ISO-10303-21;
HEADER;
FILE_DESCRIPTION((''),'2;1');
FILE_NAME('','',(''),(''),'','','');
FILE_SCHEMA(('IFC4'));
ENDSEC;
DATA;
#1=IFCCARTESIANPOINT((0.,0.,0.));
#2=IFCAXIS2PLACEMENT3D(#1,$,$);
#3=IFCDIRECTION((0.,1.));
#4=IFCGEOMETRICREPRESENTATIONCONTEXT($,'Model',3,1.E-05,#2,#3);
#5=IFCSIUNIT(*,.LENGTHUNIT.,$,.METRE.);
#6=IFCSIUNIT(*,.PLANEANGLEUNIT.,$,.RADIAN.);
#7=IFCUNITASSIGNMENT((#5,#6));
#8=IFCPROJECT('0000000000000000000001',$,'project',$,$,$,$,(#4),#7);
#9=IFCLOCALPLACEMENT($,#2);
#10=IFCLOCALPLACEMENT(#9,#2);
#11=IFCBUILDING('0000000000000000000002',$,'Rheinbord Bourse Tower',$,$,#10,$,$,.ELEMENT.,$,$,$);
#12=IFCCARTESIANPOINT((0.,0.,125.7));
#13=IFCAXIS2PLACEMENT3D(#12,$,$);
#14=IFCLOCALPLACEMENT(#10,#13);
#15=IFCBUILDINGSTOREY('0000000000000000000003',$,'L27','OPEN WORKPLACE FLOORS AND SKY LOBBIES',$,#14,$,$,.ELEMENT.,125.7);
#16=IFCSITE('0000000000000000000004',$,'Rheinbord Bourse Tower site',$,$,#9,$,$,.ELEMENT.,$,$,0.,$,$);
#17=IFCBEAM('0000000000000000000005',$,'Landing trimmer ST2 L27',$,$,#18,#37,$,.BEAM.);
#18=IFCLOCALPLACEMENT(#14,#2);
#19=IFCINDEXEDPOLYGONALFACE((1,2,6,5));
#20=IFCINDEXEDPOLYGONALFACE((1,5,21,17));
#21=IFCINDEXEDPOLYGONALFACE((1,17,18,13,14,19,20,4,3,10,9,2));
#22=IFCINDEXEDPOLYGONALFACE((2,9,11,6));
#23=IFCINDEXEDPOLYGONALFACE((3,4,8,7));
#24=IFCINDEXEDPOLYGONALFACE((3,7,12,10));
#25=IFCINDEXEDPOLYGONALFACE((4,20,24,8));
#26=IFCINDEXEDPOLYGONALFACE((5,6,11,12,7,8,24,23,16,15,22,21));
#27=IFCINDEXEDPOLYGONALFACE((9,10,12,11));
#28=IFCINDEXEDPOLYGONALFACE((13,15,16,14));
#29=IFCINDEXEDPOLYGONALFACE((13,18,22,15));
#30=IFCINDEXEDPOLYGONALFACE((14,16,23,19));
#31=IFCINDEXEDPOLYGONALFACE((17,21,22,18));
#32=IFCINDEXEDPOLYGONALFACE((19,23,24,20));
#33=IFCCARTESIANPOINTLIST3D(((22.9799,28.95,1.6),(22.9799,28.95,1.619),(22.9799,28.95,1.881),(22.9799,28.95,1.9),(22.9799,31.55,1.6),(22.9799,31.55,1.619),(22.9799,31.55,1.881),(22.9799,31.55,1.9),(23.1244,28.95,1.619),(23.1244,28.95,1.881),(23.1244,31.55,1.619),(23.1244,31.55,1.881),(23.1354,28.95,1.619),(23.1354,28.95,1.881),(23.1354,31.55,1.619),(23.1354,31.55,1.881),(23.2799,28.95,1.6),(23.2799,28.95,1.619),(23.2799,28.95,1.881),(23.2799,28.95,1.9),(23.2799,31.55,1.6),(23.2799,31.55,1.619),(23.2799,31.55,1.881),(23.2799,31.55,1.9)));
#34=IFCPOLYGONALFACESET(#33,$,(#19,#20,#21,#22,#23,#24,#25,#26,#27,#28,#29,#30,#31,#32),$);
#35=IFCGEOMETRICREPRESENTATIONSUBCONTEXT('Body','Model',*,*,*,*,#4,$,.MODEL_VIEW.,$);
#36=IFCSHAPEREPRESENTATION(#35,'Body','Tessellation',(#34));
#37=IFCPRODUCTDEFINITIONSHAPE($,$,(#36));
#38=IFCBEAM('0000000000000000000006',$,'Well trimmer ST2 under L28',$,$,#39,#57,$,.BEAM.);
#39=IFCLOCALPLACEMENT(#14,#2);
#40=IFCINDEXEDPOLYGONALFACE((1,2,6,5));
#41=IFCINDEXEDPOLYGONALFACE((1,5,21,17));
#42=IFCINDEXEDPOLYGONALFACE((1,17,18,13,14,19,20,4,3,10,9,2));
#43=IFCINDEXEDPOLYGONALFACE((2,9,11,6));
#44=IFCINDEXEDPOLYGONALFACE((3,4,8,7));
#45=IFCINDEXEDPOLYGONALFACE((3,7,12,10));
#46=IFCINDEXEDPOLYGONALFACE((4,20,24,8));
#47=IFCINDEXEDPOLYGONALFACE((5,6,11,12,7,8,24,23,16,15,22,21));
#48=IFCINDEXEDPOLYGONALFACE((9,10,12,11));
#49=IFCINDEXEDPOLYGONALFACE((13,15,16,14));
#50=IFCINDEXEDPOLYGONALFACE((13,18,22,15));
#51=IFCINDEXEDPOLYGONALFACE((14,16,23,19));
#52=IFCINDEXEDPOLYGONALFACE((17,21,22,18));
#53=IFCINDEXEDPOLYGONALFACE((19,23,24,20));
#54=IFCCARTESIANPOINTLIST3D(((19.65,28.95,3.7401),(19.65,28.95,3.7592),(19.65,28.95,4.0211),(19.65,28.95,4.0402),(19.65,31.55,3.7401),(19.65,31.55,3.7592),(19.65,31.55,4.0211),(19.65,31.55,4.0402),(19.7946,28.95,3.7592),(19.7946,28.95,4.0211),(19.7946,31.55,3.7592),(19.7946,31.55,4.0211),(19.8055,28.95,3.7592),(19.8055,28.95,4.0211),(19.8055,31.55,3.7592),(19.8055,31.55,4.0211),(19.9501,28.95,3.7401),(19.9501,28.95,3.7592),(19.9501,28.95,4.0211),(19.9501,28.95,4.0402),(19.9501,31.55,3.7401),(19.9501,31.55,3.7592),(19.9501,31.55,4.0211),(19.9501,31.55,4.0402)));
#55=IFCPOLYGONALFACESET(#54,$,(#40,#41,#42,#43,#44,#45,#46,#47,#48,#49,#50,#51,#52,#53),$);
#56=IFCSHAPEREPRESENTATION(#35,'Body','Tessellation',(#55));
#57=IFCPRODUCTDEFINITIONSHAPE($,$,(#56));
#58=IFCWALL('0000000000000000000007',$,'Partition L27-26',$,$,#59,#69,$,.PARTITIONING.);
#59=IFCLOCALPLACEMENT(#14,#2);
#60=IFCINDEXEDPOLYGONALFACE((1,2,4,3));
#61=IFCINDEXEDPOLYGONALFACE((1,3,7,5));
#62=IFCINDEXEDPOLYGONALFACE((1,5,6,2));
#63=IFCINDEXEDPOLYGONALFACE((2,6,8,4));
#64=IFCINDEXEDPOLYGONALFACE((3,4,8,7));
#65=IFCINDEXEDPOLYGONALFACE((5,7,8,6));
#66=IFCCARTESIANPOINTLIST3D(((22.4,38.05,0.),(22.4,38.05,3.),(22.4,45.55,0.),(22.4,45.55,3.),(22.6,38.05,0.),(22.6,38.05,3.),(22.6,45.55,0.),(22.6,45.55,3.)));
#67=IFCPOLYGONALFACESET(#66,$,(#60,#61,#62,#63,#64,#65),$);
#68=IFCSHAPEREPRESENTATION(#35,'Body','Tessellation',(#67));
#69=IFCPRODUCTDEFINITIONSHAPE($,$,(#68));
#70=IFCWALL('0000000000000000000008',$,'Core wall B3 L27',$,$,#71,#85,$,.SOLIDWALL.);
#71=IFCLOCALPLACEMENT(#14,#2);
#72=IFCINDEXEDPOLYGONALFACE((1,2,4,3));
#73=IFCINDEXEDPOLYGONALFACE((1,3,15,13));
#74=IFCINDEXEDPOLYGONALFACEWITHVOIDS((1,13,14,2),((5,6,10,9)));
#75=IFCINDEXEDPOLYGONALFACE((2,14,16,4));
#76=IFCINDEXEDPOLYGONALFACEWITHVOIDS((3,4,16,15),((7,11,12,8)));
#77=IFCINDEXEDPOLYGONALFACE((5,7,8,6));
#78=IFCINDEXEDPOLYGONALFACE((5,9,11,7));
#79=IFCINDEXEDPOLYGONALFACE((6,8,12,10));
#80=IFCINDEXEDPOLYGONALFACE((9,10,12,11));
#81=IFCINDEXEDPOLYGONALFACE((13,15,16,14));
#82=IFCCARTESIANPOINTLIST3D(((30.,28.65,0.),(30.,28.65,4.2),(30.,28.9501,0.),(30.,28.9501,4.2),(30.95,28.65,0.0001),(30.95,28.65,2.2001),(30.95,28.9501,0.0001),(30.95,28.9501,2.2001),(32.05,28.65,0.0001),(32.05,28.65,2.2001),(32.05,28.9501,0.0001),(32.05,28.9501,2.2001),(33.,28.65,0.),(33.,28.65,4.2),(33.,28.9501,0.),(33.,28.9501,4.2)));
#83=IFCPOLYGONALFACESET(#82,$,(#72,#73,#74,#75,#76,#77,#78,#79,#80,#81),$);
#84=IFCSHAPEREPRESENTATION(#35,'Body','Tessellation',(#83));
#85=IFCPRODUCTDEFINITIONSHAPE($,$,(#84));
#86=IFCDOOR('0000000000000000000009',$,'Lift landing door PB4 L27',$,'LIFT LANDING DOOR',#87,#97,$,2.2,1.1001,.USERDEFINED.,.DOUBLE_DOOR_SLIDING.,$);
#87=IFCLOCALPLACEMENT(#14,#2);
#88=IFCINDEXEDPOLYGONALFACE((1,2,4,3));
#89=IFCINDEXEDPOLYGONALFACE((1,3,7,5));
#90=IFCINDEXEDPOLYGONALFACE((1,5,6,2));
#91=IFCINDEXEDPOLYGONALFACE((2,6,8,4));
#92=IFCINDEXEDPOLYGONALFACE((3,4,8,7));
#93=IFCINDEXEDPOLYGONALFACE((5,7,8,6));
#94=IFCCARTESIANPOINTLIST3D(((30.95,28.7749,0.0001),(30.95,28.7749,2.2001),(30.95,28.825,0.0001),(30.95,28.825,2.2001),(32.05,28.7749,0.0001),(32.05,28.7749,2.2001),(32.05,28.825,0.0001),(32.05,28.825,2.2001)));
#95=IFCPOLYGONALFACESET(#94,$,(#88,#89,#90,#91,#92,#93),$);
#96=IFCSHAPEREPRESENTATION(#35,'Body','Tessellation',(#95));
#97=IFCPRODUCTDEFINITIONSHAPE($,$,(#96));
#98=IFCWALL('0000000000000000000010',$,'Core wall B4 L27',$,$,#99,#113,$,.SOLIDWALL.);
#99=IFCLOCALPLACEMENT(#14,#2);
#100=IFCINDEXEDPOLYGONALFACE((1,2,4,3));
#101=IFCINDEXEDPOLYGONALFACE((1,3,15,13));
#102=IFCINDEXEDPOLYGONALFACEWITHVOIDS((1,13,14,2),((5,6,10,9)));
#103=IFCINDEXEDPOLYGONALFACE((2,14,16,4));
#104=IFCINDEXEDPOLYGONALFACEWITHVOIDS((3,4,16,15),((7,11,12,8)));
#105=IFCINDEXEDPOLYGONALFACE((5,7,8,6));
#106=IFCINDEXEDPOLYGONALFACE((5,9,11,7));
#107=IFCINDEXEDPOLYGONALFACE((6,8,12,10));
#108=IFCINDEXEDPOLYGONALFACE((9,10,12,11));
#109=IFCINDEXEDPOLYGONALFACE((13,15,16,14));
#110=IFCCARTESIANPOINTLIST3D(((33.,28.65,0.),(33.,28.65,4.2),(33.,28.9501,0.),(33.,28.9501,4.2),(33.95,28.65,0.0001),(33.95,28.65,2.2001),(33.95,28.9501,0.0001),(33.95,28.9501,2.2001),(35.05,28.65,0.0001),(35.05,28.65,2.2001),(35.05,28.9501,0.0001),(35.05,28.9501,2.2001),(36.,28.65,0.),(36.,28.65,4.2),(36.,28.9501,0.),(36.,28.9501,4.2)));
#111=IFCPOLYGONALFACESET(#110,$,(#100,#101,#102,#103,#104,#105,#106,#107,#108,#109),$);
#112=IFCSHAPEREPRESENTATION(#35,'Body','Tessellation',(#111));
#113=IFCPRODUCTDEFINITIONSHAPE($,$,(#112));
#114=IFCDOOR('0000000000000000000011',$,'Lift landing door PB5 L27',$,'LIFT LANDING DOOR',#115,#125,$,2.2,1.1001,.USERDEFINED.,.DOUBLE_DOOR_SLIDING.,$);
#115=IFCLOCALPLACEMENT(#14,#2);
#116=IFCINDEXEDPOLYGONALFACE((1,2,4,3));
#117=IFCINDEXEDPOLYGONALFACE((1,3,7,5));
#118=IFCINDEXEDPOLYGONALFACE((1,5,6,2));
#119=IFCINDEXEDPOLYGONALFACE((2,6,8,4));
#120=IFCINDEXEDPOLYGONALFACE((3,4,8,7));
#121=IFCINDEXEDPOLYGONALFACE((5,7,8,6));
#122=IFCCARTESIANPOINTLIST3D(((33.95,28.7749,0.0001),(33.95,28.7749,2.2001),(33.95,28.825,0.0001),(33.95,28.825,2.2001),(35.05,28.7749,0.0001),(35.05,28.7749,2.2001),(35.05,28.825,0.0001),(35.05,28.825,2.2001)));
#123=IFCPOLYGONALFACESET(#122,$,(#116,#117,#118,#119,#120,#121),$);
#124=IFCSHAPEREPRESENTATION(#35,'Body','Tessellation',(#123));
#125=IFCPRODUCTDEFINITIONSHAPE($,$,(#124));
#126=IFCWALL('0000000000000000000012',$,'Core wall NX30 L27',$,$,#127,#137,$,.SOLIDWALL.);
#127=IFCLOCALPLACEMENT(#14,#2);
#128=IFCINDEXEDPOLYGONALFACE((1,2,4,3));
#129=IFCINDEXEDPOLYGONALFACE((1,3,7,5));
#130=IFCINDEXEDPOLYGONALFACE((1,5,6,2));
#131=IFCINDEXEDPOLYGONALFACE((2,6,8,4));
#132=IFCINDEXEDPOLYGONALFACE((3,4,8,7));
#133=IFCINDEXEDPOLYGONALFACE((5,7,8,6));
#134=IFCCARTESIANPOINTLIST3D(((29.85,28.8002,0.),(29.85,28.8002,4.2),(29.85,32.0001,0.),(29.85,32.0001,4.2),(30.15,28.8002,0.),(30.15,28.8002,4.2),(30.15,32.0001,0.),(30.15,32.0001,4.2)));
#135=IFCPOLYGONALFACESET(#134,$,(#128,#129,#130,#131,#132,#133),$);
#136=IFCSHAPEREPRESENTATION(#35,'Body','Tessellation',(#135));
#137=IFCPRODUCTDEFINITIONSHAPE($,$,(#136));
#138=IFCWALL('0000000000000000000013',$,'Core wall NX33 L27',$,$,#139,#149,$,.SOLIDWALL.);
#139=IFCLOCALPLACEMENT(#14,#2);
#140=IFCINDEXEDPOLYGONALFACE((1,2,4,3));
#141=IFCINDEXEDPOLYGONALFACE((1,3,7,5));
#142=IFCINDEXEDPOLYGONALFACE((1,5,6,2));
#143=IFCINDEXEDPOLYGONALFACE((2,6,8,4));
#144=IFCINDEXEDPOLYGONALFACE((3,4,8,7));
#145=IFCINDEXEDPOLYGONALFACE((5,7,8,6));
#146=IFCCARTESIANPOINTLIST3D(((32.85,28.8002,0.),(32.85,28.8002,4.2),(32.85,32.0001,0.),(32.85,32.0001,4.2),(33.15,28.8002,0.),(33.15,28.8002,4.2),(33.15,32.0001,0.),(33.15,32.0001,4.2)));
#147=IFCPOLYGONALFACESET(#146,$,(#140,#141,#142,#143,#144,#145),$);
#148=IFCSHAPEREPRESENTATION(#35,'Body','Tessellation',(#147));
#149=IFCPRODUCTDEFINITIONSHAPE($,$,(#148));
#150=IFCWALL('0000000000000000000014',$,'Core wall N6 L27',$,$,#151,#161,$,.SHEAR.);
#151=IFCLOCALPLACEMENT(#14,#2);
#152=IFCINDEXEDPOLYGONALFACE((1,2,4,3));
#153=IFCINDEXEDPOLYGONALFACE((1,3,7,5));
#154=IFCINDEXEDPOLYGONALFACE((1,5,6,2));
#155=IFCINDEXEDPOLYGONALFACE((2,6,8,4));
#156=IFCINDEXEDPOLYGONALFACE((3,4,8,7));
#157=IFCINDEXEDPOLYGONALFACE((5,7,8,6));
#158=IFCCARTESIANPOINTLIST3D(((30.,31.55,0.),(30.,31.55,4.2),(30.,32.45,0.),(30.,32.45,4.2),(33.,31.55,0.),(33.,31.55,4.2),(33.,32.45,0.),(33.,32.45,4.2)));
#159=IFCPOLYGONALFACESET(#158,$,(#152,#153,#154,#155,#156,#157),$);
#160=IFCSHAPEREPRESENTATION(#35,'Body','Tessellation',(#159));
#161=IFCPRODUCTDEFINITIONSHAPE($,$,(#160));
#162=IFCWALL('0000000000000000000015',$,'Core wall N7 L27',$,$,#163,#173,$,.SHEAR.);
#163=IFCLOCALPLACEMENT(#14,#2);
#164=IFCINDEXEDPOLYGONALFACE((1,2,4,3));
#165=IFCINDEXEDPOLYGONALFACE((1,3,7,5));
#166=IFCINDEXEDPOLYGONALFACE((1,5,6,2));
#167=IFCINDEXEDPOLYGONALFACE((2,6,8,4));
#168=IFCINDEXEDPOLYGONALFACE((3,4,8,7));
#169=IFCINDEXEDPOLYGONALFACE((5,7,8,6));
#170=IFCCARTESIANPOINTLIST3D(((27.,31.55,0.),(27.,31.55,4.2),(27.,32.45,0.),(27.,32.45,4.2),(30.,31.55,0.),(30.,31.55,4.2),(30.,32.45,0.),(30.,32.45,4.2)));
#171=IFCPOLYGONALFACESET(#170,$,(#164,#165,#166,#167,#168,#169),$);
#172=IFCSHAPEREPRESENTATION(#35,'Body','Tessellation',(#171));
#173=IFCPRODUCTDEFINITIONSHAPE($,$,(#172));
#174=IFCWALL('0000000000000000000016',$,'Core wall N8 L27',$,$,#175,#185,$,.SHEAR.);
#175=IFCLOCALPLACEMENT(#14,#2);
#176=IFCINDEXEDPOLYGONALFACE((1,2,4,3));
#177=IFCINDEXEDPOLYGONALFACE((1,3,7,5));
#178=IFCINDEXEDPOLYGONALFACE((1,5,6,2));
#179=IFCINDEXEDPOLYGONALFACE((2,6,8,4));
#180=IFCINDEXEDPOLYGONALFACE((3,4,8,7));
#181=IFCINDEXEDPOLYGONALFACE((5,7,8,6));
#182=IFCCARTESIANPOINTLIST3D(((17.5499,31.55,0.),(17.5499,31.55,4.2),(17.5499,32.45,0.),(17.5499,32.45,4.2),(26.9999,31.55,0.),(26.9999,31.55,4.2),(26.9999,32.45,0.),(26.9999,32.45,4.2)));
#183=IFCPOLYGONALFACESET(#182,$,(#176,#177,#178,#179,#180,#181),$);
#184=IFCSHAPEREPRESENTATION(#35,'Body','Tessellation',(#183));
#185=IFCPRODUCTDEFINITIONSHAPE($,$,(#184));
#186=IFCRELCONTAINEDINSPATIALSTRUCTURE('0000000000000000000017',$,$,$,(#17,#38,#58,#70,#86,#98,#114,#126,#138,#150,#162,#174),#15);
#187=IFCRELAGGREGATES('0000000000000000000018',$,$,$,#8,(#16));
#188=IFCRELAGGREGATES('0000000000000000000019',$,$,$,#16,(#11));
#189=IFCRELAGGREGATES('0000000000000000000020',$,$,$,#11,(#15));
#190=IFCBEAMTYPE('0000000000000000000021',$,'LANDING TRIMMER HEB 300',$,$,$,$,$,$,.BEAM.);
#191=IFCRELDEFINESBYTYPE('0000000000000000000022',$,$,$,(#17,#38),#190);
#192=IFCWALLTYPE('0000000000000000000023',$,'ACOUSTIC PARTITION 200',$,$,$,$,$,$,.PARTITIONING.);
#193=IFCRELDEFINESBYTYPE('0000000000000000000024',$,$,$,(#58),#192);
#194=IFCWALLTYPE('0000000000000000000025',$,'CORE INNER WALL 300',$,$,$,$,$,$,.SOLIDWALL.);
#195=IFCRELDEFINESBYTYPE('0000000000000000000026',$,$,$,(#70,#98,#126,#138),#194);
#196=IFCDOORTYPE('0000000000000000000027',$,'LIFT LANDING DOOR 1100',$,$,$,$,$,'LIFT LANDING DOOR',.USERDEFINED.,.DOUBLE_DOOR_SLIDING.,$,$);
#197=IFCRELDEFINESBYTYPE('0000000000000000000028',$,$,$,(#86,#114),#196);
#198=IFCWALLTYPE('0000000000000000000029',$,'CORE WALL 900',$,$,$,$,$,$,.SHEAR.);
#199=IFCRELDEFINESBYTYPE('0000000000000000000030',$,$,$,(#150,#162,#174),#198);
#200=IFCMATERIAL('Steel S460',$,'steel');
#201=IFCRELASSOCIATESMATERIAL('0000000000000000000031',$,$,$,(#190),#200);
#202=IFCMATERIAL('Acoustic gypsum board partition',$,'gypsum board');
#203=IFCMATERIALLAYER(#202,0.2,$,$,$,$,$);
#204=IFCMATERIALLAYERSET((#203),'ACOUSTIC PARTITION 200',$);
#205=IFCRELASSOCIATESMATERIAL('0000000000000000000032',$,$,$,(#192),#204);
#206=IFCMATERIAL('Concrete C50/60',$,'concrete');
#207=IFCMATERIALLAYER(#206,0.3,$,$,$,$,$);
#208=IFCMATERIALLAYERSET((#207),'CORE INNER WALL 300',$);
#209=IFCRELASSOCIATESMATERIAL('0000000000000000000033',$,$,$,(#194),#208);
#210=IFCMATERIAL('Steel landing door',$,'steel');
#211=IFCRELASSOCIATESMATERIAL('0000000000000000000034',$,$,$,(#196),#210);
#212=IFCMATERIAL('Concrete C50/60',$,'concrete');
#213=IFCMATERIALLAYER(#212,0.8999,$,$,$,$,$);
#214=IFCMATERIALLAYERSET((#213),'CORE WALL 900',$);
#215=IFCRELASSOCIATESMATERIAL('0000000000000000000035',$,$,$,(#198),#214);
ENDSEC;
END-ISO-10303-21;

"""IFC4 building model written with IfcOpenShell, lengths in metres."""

from ifc_helpers import new_model, si_unit, direction, frame, frame_2d, origin, origin_2d, place, context, subcontext, project, spatial, rectangle, i_section, extrude, material, layer, layer_set, material_profile, profile_set, type_object, element, fill, save


model = new_model("IFC4")

# Units and contexts
model_context = context("Model", 3, precision=1e-05, world=origin(), true_north=direction((0.0, 1.0)))
body_context = subcontext(model_context, "Body", "Model", "MODEL_VIEW")
ifc_project = project(units=[si_unit("LENGTHUNIT", "METRE"), si_unit("PLANEANGLEUNIT", "RADIAN")], contexts=[model_context])

# Site, building, storey
site_placement = place(None, origin())
site = spatial("IfcSite", under=ifc_project, at=site_placement, Name="Rheinbord Bourse Tower site", CompositionType="ELEMENT", RefElevation=0.0)
building_placement = place(site_placement, origin())
building = spatial("IfcBuilding", under=site, at=building_placement, Name="Rheinbord Bourse Tower", CompositionType="ELEMENT")
storey_placement = place(building_placement, frame((0.0, 0.0, 125.7)))
storey = spatial("IfcBuildingStorey", under=building, at=storey_placement, Name="L27", Description="OPEN WORKPLACE FLOORS AND SKY LOBBIES", CompositionType="ELEMENT", Elevation=125.7)

# Beams
ifc_material_1 = material(Name="Steel S460", Category="steel")
ifc_material_profile = material_profile(ifc_material_1, i_section(OverallWidth=0.3, OverallDepth=0.3, WebThickness=0.011, FlangeThickness=0.019, at=origin_2d()), Name="HEB 300")
ifc_profile_set = profile_set([ifc_material_profile], Name="Steel S460")
beam_type = type_object("IfcBeamType", Name="LANDING TRIMMER HEB 300", PredefinedType="BEAM", material=ifc_profile_set)
for number, where, z_axis, x_axis, name in (
    (1, (23.1299, 28.95, 1.75), (0.0, 1.0, 0.0), (-1.0, 0.0, 0.0), "Landing trimmer ST2 L27"),
    (2, (19.8, 28.95, 3.8901), (0.0, 1.0, 0.0), (-1.0, 0.0, 0.0), "Well trimmer ST2 under L28"),
):
    element("IfcBeam", number, at=place(storey_placement, frame(where, z_axis=z_axis, x_axis=x_axis)), inside=storey, type_object=beam_type, Name=name, PredefinedType="BEAM", context=body_context, shape_type="SweptSolid", body=[
        extrude(i_section(OverallWidth=0.3, OverallDepth=0.3, WebThickness=0.011, FlangeThickness=0.019, at=origin_2d()), origin(), (0.0, 0.0, 1.0), 2.6001),
    ])

# Wall
ifc_material_2 = material(Name="Acoustic gypsum board partition", Category="gypsum board")
ifc_layer_1 = layer(ifc_material_2, 0.2)
ifc_layer_set_1 = layer_set([ifc_layer_1], Name="ACOUSTIC PARTITION 200")
wall_type_1 = type_object("IfcWallType", Name="ACOUSTIC PARTITION 200", PredefinedType="PARTITIONING", material=ifc_layer_set_1)
wall_1_placement = place(storey_placement, frame((22.5, 38.05, 0.0), z_axis=(0.0, 0.0, 1.0), x_axis=(0.0, 1.0, 0.0)))
element("IfcWall", 3, at=wall_1_placement, inside=storey, type_object=wall_type_1, Name="Partition L27-26", PredefinedType="PARTITIONING", context=body_context, shape_type="SweptSolid", body=[
    extrude(rectangle(XDim=7.5, YDim=0.2, at=frame_2d((3.75, 0.0))), origin(), (0.0, 0.0, 1.0), 3.0),
])

# Walls, openings, doors
ifc_material_3 = material(Name="Concrete C50/60", Category="concrete")
ifc_layer_2 = layer(ifc_material_3, 0.3)
ifc_layer_set_2 = layer_set([ifc_layer_2], Name="CORE INNER WALL 300")
wall_type_2 = type_object("IfcWallType", Name="CORE INNER WALL 300", PredefinedType="SOLIDWALL", material=ifc_layer_set_2)
wall_2_placement = place(storey_placement, frame((30.0, 28.8, 0.0), z_axis=(0.0, 0.0, 1.0), x_axis=(1.0, 0.0, 0.0)))
wall_2 = element("IfcWall", 4, at=wall_2_placement, inside=storey, type_object=wall_type_2, Name="Core wall B3 L27", PredefinedType="SOLIDWALL", context=body_context, shape_type="SweptSolid", body=[
    extrude(rectangle(XDim=3.0, YDim=0.3, at=frame_2d((1.5, 0.0))), origin(), (0.0, 0.0, 1.0), 4.2),
])
opening_1_placement = place(wall_2_placement, frame((0.95, 0.0, 0.0)))
opening_1 = element("IfcOpeningElement", 5, at=opening_1_placement, cuts=wall_2, PredefinedType="OPENING", context=body_context, shape_type="SweptSolid", body=[
    extrude(rectangle(XDim=1.1001, YDim=2.2, at=frame_2d((0.55, 1.1001))), frame((0.0, 0.1599, 0.0), z_axis=(0.0, -1.0, 0.0), x_axis=(1.0, 0.0, 0.0)), (0.0, 0.0, 1.0), 0.3201),
])
ifc_material_4 = material(Name="Steel landing door", Category="steel")
door_type_1 = type_object("IfcDoorType", Name="LIFT LANDING DOOR 1100", ElementType="LIFT LANDING DOOR", OperationType="DOUBLE_DOOR_SLIDING", PredefinedType="USERDEFINED", material=ifc_material_4)
door_1_placement = place(opening_1_placement, origin())
door_1 = element("IfcDoor", 6, at=door_1_placement, inside=storey, type_object=door_type_1, Name="Lift landing door PB4 L27", ObjectType="LIFT LANDING DOOR", OperationType="DOUBLE_DOOR_SLIDING", OverallHeight=2.2, OverallWidth=1.1001, PredefinedType="USERDEFINED", context=body_context, shape_type="SweptSolid", body=[
    extrude(rectangle(XDim=1.1001, YDim=2.2, at=frame_2d((0.55, 1.1001))), frame((0.0, 0.0249, 0.0), z_axis=(0.0, -1.0, 0.0), x_axis=(1.0, 0.0, 0.0)), (0.0, 0.0, 1.0), 0.05),
])
fill(opening_1, door_1)
wall_3_placement = place(storey_placement, frame((33.0, 28.8, 0.0), z_axis=(0.0, 0.0, 1.0), x_axis=(1.0, 0.0, 0.0)))
wall_3 = element("IfcWall", 7, at=wall_3_placement, inside=storey, type_object=wall_type_2, Name="Core wall B4 L27", PredefinedType="SOLIDWALL", context=body_context, shape_type="SweptSolid", body=[
    extrude(rectangle(XDim=3.0, YDim=0.3, at=frame_2d((1.5, 0.0))), origin(), (0.0, 0.0, 1.0), 4.2),
])
opening_2_placement = place(wall_3_placement, frame((0.95, 0.0, 0.0)))
opening_2 = element("IfcOpeningElement", 8, at=opening_2_placement, cuts=wall_3, PredefinedType="OPENING", context=body_context, shape_type="SweptSolid", body=[
    extrude(rectangle(XDim=1.1001, YDim=2.2, at=frame_2d((0.55, 1.1001))), frame((0.0, 0.1599, 0.0), z_axis=(0.0, -1.0, 0.0), x_axis=(1.0, 0.0, 0.0)), (0.0, 0.0, 1.0), 0.3201),
])
door_2_placement = place(opening_2_placement, origin())
door_2 = element("IfcDoor", 9, at=door_2_placement, inside=storey, type_object=door_type_1, Name="Lift landing door PB5 L27", ObjectType="LIFT LANDING DOOR", OperationType="DOUBLE_DOOR_SLIDING", OverallHeight=2.2, OverallWidth=1.1001, PredefinedType="USERDEFINED", context=body_context, shape_type="SweptSolid", body=[
    extrude(rectangle(XDim=1.1001, YDim=2.2, at=frame_2d((0.55, 1.1001))), frame((0.0, 0.0249, 0.0), z_axis=(0.0, -1.0, 0.0), x_axis=(1.0, 0.0, 0.0)), (0.0, 0.0, 1.0), 0.05),
])
fill(opening_2, door_2)

# Walls
for number, where, z_axis, x_axis, name in (
    (10, (30.0, 28.8, 0.0), (0.0, 0.0, 1.0), (0.0, 1.0, 0.0), "Core wall NX30 L27"),
    (11, (33.0, 28.8, 0.0), (0.0, 0.0, 1.0), (0.0, 1.0, 0.0), "Core wall NX33 L27"),
):
    element("IfcWall", number, at=place(storey_placement, frame(where, z_axis=z_axis, x_axis=x_axis)), inside=storey, type_object=wall_type_2, Name=name, PredefinedType="SOLIDWALL", context=body_context, shape_type="SweptSolid", body=[
        extrude(rectangle(XDim=3.2, YDim=0.3, at=frame_2d((1.6001, 0.0))), origin(), (0.0, 0.0, 1.0), 4.2),
    ])
ifc_material_5 = material(Name="Concrete C50/60", Category="concrete")
ifc_layer_3 = layer(ifc_material_5, 0.8999)
ifc_layer_set_3 = layer_set([ifc_layer_3], Name="CORE WALL 900")
wall_type_3 = type_object("IfcWallType", Name="CORE WALL 900", PredefinedType="SHEAR", material=ifc_layer_set_3)
for number, where, z_axis, x_axis, name in (
    (12, (33.0, 32.0, 0.0), (0.0, 0.0, 1.0), (-1.0, 0.0, 0.0), "Core wall N6 L27"),
    (13, (30.0, 32.0, 0.0), (0.0, 0.0, 1.0), (-1.0, 0.0, 0.0), "Core wall N7 L27"),
):
    element("IfcWall", number, at=place(storey_placement, frame(where, z_axis=z_axis, x_axis=x_axis)), inside=storey, type_object=wall_type_3, Name=name, PredefinedType="SHEAR", context=body_context, shape_type="SweptSolid", body=[
        extrude(rectangle(XDim=3.0, YDim=0.8999, at=frame_2d((1.5, 0.0))), origin(), (0.0, 0.0, 1.0), 4.2),
    ])
wall_4_placement = place(storey_placement, frame((27.0, 32.0, 0.0), z_axis=(0.0, 0.0, 1.0), x_axis=(-1.0, 0.0, 0.0)))
element("IfcWall", 14, at=wall_4_placement, inside=storey, type_object=wall_type_3, Name="Core wall N8 L27", PredefinedType="SHEAR", context=body_context, shape_type="SweptSolid", body=[
    extrude(rectangle(XDim=9.45, YDim=0.8999, at=frame_2d((4.7251, 0.0))), origin(), (0.0, 0.0, 1.0), 4.2),
])

save(model, "model.ifc")
